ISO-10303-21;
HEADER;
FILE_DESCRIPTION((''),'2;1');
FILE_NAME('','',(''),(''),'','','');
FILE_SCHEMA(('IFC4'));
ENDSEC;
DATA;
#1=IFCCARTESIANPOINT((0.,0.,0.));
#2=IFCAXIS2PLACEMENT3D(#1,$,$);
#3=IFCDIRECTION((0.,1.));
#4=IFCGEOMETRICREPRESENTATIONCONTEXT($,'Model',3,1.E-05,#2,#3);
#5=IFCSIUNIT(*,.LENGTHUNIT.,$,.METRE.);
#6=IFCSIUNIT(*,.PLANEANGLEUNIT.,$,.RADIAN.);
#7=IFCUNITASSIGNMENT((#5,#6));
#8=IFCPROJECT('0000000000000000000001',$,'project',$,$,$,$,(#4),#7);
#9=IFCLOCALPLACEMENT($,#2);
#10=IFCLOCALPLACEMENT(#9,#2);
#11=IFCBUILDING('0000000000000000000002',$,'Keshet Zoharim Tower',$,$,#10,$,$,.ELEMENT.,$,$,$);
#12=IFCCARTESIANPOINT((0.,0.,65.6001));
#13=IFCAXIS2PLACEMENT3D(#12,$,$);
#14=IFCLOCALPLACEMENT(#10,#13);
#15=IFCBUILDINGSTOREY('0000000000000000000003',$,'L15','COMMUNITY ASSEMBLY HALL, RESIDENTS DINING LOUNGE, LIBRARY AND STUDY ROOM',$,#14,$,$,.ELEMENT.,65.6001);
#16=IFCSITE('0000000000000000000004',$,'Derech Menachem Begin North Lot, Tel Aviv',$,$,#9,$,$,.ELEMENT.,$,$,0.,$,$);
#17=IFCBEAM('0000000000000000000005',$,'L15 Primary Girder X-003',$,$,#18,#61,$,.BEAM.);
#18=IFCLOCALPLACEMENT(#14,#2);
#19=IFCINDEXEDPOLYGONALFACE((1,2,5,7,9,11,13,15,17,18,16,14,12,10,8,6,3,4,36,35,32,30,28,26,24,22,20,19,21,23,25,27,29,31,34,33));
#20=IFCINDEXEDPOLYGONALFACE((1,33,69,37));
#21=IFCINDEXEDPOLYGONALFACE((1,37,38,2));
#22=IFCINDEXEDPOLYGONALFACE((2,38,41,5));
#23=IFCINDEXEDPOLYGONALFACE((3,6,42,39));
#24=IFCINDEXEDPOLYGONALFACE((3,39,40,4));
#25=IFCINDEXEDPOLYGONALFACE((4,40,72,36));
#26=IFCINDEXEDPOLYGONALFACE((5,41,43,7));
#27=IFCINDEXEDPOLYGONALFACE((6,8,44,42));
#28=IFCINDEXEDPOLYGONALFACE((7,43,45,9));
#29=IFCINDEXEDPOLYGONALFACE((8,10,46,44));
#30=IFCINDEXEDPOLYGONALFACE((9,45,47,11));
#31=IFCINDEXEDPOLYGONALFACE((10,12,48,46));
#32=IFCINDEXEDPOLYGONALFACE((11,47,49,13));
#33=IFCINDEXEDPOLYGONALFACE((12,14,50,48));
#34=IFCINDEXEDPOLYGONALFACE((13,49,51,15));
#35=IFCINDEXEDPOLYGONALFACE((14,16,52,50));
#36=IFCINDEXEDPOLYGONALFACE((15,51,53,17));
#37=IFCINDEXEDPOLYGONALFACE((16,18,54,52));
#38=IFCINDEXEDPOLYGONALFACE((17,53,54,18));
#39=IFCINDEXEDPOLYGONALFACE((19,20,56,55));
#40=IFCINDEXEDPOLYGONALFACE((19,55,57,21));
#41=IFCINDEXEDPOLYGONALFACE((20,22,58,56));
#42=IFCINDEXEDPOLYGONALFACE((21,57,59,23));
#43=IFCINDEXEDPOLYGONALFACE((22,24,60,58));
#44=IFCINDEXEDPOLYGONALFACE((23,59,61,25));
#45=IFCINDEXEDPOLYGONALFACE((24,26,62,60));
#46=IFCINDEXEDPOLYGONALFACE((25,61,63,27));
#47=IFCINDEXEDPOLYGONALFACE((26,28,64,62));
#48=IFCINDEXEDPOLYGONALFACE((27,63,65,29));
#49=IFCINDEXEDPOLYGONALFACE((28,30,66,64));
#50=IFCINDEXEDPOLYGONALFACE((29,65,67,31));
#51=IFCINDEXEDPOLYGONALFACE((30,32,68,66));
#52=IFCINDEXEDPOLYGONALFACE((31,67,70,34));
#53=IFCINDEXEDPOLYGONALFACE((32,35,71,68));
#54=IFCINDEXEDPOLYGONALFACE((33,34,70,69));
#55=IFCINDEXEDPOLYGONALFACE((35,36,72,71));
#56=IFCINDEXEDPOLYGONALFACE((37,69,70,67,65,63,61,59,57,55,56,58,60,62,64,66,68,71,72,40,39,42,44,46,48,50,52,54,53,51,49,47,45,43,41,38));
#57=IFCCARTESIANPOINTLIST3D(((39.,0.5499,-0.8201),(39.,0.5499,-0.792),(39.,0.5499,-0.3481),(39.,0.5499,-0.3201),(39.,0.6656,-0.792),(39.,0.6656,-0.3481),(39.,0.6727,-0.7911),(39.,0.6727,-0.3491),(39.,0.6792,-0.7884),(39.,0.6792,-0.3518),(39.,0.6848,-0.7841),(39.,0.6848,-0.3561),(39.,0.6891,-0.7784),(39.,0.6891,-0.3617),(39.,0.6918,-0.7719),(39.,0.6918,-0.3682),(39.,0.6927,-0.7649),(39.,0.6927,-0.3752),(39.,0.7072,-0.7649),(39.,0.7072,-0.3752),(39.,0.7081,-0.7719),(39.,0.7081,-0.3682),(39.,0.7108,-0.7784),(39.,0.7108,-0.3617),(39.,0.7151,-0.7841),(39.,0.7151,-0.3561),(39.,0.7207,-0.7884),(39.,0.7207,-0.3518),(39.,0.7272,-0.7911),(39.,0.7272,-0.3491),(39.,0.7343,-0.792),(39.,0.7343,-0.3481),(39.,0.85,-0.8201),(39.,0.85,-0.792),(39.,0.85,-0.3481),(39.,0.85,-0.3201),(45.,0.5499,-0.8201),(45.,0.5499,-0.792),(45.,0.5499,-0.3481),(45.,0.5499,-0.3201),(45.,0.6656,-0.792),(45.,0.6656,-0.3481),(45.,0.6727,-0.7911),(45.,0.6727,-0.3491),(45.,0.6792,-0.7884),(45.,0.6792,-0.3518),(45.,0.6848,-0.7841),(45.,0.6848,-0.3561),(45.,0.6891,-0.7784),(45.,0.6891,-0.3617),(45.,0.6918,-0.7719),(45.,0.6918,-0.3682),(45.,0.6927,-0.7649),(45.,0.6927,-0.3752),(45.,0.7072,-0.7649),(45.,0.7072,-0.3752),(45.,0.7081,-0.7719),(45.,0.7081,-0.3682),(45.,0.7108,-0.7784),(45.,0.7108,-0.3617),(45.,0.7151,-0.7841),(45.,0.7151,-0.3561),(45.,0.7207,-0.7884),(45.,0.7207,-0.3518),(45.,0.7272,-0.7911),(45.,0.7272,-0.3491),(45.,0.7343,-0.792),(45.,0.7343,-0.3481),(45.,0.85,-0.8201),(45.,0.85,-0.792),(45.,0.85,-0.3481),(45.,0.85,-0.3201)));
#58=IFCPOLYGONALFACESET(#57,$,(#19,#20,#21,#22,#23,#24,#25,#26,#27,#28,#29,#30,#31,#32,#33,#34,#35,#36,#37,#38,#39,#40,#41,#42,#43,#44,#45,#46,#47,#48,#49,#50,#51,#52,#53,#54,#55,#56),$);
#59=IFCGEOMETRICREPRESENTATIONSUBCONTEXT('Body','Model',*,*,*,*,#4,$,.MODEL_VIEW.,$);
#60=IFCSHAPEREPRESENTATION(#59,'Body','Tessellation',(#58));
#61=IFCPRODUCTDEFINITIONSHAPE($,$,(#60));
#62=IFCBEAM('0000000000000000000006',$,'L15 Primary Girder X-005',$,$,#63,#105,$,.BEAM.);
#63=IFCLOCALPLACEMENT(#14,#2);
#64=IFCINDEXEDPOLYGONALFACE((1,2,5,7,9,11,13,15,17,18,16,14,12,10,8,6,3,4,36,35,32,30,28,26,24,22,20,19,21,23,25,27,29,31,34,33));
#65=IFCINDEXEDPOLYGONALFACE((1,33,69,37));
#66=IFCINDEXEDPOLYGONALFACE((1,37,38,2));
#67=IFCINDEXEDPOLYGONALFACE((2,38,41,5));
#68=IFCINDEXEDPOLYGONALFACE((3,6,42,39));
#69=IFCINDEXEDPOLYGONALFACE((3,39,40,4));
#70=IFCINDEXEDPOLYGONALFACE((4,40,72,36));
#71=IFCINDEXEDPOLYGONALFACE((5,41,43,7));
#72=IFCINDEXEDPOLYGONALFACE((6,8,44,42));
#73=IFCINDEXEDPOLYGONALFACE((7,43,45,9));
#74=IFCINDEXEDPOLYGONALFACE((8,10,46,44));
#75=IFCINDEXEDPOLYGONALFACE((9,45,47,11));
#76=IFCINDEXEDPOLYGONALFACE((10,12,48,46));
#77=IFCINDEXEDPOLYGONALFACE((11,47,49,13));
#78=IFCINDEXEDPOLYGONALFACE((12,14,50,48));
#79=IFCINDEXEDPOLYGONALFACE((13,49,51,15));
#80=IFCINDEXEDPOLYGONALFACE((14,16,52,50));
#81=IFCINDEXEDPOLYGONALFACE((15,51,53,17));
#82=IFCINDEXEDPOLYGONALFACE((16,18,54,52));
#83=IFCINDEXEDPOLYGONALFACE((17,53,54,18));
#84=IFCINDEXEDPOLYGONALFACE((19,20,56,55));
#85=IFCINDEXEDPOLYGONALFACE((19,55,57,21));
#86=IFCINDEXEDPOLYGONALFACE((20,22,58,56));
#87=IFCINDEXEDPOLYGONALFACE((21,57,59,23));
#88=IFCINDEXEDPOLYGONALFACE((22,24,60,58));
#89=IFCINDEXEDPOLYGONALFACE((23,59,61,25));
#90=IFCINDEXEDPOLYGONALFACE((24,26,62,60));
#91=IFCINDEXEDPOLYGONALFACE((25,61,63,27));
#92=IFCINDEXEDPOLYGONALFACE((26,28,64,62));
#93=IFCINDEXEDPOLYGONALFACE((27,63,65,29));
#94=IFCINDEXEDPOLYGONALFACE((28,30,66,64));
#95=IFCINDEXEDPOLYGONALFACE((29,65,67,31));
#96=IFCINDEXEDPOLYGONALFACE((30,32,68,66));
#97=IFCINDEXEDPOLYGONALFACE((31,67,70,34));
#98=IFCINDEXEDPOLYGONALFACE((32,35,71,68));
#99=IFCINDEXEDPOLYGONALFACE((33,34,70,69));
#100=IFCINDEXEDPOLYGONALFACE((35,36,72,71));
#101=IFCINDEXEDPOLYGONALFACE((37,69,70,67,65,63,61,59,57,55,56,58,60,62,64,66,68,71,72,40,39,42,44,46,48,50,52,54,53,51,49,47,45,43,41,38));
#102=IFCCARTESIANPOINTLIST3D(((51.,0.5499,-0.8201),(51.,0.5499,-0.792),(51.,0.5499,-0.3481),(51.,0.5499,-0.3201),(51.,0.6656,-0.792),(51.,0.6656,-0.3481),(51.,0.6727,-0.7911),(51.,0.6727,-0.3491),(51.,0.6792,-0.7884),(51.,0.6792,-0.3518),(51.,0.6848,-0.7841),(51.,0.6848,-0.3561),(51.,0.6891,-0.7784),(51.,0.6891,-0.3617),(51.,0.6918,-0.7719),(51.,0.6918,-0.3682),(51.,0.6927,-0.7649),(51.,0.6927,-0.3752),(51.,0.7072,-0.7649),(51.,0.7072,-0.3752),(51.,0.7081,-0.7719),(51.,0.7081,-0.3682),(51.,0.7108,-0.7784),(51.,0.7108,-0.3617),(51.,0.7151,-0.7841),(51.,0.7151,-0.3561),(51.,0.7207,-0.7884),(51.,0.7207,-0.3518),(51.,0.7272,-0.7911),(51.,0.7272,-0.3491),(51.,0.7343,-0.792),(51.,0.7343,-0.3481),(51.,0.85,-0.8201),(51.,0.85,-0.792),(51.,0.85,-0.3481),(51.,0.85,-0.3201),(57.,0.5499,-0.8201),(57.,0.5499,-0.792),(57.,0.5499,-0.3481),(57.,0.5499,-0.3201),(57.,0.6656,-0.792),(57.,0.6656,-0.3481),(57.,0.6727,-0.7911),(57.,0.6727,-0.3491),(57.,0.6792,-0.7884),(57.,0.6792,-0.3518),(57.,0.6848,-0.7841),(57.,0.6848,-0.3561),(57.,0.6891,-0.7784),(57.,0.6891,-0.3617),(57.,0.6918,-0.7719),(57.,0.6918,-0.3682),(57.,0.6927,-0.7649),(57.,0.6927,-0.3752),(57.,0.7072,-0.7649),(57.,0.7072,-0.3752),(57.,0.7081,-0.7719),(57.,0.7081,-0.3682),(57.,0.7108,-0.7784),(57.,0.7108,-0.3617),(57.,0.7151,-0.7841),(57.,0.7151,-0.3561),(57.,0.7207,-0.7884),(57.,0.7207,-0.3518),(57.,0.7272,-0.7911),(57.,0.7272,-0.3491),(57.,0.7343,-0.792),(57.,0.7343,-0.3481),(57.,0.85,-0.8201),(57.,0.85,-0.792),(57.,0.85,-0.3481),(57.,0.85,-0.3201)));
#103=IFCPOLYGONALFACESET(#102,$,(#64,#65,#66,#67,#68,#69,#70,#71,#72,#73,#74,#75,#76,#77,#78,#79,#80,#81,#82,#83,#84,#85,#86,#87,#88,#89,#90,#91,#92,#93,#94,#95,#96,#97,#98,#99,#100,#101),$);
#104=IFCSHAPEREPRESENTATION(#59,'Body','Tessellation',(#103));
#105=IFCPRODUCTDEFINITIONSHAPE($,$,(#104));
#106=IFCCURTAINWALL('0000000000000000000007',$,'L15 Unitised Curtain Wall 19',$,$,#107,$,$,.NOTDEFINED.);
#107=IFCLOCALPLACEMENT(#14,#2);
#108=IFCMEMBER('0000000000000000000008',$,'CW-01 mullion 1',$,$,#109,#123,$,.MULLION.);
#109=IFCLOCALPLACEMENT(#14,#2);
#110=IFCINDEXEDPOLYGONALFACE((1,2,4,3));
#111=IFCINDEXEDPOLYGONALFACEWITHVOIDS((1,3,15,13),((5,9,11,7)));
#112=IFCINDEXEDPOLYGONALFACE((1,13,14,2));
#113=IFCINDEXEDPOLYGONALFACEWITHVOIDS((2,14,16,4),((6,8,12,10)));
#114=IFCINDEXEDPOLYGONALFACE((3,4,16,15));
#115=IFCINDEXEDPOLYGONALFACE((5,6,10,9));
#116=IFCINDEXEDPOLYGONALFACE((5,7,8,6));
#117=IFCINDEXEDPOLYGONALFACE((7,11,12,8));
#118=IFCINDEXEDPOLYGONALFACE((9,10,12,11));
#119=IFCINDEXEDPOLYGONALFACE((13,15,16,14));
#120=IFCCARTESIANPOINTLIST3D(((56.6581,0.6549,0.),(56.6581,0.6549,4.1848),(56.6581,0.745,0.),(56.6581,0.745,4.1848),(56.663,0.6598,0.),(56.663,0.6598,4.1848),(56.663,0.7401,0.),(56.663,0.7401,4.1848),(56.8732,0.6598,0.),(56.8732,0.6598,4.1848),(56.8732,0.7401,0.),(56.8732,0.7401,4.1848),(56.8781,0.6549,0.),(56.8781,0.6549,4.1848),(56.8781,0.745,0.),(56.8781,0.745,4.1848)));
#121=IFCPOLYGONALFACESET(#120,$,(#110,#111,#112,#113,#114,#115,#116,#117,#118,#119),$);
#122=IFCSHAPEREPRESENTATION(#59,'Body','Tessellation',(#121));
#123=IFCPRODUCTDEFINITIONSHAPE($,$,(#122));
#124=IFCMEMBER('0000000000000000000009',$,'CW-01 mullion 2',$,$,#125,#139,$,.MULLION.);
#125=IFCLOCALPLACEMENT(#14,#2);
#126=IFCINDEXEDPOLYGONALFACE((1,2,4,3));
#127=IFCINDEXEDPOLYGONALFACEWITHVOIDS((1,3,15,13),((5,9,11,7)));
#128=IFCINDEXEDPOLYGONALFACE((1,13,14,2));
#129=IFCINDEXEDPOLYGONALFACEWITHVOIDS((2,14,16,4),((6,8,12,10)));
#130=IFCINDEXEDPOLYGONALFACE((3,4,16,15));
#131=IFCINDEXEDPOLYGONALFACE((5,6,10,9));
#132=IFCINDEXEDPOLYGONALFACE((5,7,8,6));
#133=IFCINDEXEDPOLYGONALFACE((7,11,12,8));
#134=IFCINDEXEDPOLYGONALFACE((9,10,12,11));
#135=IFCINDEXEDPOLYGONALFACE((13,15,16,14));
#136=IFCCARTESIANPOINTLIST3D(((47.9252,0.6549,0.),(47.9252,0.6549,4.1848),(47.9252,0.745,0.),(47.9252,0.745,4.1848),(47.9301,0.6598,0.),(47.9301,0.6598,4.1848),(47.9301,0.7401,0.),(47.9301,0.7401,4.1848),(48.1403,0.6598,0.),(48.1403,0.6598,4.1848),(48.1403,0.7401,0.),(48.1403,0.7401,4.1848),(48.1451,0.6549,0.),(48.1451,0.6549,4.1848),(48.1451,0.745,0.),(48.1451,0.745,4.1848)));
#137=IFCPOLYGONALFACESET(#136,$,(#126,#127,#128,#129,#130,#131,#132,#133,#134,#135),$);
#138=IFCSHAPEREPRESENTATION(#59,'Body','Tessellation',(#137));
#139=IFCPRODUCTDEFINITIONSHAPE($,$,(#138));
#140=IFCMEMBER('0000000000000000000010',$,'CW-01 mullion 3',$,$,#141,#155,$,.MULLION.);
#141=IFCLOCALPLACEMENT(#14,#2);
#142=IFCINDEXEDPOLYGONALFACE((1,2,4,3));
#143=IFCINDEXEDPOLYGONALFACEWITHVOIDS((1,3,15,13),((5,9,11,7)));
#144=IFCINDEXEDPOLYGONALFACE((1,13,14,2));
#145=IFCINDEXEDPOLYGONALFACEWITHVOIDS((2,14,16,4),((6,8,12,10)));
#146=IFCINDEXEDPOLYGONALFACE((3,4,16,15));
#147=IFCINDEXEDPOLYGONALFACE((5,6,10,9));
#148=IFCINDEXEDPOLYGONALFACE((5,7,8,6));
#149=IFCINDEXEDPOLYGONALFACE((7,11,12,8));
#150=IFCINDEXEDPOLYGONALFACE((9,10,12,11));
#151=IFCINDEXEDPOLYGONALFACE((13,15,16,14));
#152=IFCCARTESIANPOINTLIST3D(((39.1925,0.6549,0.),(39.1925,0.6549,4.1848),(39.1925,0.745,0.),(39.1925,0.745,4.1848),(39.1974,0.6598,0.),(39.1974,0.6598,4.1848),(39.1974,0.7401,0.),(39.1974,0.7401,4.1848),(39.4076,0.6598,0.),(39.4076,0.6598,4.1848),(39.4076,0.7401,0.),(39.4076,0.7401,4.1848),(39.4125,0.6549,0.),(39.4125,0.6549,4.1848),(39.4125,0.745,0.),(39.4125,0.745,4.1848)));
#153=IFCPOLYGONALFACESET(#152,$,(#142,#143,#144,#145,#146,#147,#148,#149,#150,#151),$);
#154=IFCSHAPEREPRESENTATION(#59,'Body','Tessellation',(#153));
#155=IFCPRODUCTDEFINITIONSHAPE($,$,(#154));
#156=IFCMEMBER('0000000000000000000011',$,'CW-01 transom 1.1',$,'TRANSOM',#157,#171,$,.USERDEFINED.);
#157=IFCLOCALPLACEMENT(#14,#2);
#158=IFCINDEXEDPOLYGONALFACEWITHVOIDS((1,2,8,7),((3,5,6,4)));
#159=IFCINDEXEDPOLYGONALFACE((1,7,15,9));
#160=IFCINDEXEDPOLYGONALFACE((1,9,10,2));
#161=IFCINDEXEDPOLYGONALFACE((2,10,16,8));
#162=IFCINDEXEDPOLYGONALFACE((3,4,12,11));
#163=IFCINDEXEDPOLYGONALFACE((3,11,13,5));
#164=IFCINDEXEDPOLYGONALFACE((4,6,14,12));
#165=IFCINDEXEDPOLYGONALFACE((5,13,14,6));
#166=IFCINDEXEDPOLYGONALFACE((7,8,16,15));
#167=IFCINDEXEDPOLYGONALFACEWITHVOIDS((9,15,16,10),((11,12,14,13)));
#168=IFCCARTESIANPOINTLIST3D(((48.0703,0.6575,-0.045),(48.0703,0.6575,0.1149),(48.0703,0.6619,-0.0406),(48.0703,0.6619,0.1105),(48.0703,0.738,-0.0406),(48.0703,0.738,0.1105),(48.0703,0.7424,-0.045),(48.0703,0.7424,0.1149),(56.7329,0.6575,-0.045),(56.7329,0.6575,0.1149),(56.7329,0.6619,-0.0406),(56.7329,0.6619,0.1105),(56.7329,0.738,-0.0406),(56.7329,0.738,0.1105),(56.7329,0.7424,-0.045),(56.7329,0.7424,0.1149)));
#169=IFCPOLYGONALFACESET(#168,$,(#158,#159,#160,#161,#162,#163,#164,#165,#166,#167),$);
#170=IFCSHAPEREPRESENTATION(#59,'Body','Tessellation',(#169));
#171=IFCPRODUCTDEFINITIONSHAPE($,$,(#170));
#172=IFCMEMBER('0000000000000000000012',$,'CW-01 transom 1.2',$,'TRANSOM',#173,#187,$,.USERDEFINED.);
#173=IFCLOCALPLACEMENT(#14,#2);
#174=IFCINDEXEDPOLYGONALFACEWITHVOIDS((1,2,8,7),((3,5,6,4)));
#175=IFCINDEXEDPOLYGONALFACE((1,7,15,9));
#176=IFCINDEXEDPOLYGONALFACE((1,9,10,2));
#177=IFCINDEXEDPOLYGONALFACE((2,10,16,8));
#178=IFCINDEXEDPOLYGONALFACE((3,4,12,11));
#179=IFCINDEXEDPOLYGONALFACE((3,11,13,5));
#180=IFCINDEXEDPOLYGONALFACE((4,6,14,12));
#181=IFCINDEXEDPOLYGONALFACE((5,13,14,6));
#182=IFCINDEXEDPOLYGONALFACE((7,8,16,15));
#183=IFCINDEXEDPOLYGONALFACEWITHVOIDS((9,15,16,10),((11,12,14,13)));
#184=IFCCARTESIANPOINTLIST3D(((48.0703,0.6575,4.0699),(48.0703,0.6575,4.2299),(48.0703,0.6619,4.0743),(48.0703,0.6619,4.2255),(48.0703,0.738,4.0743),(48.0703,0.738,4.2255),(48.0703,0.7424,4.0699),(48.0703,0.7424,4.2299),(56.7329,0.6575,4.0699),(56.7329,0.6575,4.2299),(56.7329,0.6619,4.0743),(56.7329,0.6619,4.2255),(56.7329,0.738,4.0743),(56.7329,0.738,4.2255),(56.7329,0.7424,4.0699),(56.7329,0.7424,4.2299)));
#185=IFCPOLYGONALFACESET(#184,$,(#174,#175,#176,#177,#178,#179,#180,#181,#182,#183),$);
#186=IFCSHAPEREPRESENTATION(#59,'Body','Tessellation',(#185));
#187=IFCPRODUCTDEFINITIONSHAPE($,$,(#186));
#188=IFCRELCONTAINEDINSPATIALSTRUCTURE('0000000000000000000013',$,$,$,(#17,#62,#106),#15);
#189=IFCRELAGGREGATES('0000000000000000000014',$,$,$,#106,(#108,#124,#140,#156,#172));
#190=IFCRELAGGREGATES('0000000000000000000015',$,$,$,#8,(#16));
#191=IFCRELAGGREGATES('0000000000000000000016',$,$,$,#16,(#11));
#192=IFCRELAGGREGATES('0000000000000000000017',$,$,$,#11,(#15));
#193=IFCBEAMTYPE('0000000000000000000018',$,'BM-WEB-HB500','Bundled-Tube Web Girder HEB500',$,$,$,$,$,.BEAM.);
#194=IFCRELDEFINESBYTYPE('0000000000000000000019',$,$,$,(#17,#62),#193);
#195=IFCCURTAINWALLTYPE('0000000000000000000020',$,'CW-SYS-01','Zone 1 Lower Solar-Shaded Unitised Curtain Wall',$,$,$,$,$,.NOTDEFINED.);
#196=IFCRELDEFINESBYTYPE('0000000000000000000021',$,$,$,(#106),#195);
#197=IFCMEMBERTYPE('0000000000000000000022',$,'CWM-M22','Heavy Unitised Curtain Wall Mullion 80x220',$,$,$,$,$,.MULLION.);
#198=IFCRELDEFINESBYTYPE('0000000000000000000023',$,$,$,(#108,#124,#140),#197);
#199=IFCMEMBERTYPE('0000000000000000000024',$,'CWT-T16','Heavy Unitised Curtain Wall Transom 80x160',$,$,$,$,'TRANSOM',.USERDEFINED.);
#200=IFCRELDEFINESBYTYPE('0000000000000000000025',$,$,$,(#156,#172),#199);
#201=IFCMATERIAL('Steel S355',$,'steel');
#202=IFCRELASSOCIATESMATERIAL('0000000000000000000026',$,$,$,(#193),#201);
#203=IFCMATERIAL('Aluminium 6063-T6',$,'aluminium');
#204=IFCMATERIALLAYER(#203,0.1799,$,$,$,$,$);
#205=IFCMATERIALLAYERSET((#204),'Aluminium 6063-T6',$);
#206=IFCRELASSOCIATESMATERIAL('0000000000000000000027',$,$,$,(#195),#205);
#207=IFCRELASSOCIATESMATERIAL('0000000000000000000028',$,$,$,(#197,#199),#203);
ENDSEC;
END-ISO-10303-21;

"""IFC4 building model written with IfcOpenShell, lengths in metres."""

from ifc_helpers import new_model, si_unit, direction, frame, origin, origin_2d, place, context, subcontext, project, spatial, hollow_rectangle, i_section, extrude, material, layer, layer_set, material_profile, profile_set, type_object, element, aggregate, save


model = new_model("IFC4")

# Units and contexts
model_context = context("Model", 3, precision=1e-05, world=origin(), true_north=direction((0.0, 1.0)))
body_context = subcontext(model_context, "Body", "Model", "MODEL_VIEW")
ifc_project = project(units=[si_unit("LENGTHUNIT", "METRE"), si_unit("PLANEANGLEUNIT", "RADIAN")], contexts=[model_context])

# Site, building, storey
site_placement = place(None, origin())
site = spatial("IfcSite", under=ifc_project, at=site_placement, Name="Derech Menachem Begin North Lot, Tel Aviv", CompositionType="ELEMENT", RefElevation=0.0)
building_placement = place(site_placement, origin())
building = spatial("IfcBuilding", under=site, at=building_placement, Name="Keshet Zoharim Tower", CompositionType="ELEMENT")
storey_placement = place(building_placement, frame((0.0, 0.0, 65.6001)))
storey = spatial("IfcBuildingStorey", under=building, at=storey_placement, Name="L15", Description="COMMUNITY ASSEMBLY HALL, RESIDENTS DINING LOUNGE, LIBRARY AND STUDY ROOM", CompositionType="ELEMENT", Elevation=65.6001)

# Shared definitions
ifc_material_1 = material(Name="Steel S355", Category="steel")

# Beams
ifc_material_profile_1 = material_profile(ifc_material_1, i_section(OverallWidth=0.3, OverallDepth=0.5, WebThickness=0.0144, FlangeThickness=0.0281, FilletRadius=0.0271, at=origin_2d()), Name="HEB500")
ifc_profile_set_1 = profile_set([ifc_material_profile_1], Name="Steel S355")
beam_type_1 = type_object("IfcBeamType", Name="BM-WEB-HB500", Description="Bundled-Tube Web Girder HEB500", PredefinedType="BEAM", material=ifc_profile_set_1)
for number, where, z_axis, x_axis, name in (
    (1, (39.0, 0.7, -0.5701), (1.0, 0.0, 0.0), (0.0, 1.0, 0.0), "L15 Primary Girder X-003"),
    (2, (51.0, 0.7, -0.5701), (1.0, 0.0, 0.0), (0.0, 1.0, 0.0), "L15 Primary Girder X-005"),
):
    element("IfcBeam", number, at=place(storey_placement, frame(where, z_axis=z_axis, x_axis=x_axis)), inside=storey, type_object=beam_type_1, Name=name, PredefinedType="BEAM", context=body_context, shape_type="SweptSolid", body=[
        extrude(i_section(OverallWidth=0.3, OverallDepth=0.5, WebThickness=0.0144, FlangeThickness=0.0281, FilletRadius=0.0271, at=origin_2d()), origin(), (0.0, 0.0, 1.0), 6.0),
    ])

# Curtain wall, members
ifc_material_2 = material(Name="Aluminium 6063-T6", Category="aluminium")
ifc_layer_1 = layer(ifc_material_2, 0.1799)
ifc_layer_set_1 = layer_set([ifc_layer_1], Name="Aluminium 6063-T6")
curtain_wall_type = type_object("IfcCurtainWallType", Name="CW-SYS-01", Description="Zone 1 Lower Solar-Shaded Unitised Curtain Wall", PredefinedType="NOTDEFINED", material=ifc_layer_set_1)
curtain_wall_1_placement = place(storey_placement, origin())
curtain_wall_1 = element("IfcCurtainWall", 3, at=curtain_wall_1_placement, inside=storey, type_object=curtain_wall_type, Name="L15 Unitised Curtain Wall 19", PredefinedType="NOTDEFINED")
ifc_material_profile_2 = material_profile(ifc_material_2, hollow_rectangle(XDim=0.0901, YDim=0.22, WallThickness=0.0049, at=origin_2d()), Name="MUL-90x220")
ifc_profile_set_2 = profile_set([ifc_material_profile_2], Name="Aluminium 6063-T6")
member_type_1 = type_object("IfcMemberType", Name="CWM-M22", Description="Heavy Unitised Curtain Wall Mullion 80x220", PredefinedType="MULLION", material=ifc_profile_set_2)
member_1_placement = place(storey_placement, frame((56.7681, 0.7, 0.0), z_axis=(0.0, 0.0, 1.0), x_axis=(0.0, -1.0, 0.0)))
member_1 = element("IfcMember", 4, at=member_1_placement, type_object=member_type_1, Name="CW-01 mullion 1", PredefinedType="MULLION", context=body_context, shape_type="SweptSolid", body=[
    extrude(hollow_rectangle(XDim=0.0901, YDim=0.22, WallThickness=0.0049, at=origin_2d()), origin(), (0.0, 0.0, 1.0), 4.1848),
])
member_2_placement = place(storey_placement, frame((48.0352, 0.7, 0.0), z_axis=(0.0, 0.0, 1.0), x_axis=(0.0, -1.0, 0.0)))
member_2 = element("IfcMember", 5, at=member_2_placement, type_object=member_type_1, Name="CW-01 mullion 2", PredefinedType="MULLION", context=body_context, shape_type="SweptSolid", body=[
    extrude(hollow_rectangle(XDim=0.0901, YDim=0.22, WallThickness=0.0049, at=origin_2d()), origin(), (0.0, 0.0, 1.0), 4.1848),
])
member_3_placement = place(storey_placement, frame((39.3025, 0.7, 0.0), z_axis=(0.0, 0.0, 1.0), x_axis=(0.0, -1.0, 0.0)))
member_3 = element("IfcMember", 6, at=member_3_placement, type_object=member_type_1, Name="CW-01 mullion 3", PredefinedType="MULLION", context=body_context, shape_type="SweptSolid", body=[
    extrude(hollow_rectangle(XDim=0.0901, YDim=0.22, WallThickness=0.0049, at=origin_2d()), origin(), (0.0, 0.0, 1.0), 4.1848),
])
ifc_material_profile_3 = material_profile(ifc_material_2, hollow_rectangle(XDim=0.085, YDim=0.1599, WallThickness=0.0044, at=origin_2d()), Name="TRN-85x160")
ifc_profile_set_3 = profile_set([ifc_material_profile_3], Name="Aluminium 6063-T6")
member_type_2 = type_object("IfcMemberType", Name="CWT-T16", Description="Heavy Unitised Curtain Wall Transom 80x160", ElementType="TRANSOM", PredefinedType="USERDEFINED", material=ifc_profile_set_3)
member_4_placement = place(storey_placement, frame((56.7329, 0.7, 0.0349), z_axis=(-1.0, 0.0, 0.0), x_axis=(0.0, -1.0, 0.0)))
member_4 = element("IfcMember", 7, at=member_4_placement, type_object=member_type_2, Name="CW-01 transom 1.1", ObjectType="TRANSOM", PredefinedType="USERDEFINED", context=body_context, shape_type="SweptSolid", body=[
    extrude(hollow_rectangle(XDim=0.085, YDim=0.1599, WallThickness=0.0044, at=origin_2d()), origin(), (0.0, 0.0, 1.0), 8.6626),
])
member_5_placement = place(storey_placement, frame((56.7329, 0.7, 4.1499), z_axis=(-1.0, 0.0, 0.0), x_axis=(0.0, -1.0, 0.0)))
member_5 = element("IfcMember", 8, at=member_5_placement, type_object=member_type_2, Name="CW-01 transom 1.2", ObjectType="TRANSOM", PredefinedType="USERDEFINED", context=body_context, shape_type="SweptSolid", body=[
    extrude(hollow_rectangle(XDim=0.085, YDim=0.1599, WallThickness=0.0044, at=origin_2d()), origin(), (0.0, 0.0, 1.0), 8.6626),
])

aggregate(curtain_wall_1, [member_1, member_2, member_3, member_4, member_5])

save(model, "model.ifc")
